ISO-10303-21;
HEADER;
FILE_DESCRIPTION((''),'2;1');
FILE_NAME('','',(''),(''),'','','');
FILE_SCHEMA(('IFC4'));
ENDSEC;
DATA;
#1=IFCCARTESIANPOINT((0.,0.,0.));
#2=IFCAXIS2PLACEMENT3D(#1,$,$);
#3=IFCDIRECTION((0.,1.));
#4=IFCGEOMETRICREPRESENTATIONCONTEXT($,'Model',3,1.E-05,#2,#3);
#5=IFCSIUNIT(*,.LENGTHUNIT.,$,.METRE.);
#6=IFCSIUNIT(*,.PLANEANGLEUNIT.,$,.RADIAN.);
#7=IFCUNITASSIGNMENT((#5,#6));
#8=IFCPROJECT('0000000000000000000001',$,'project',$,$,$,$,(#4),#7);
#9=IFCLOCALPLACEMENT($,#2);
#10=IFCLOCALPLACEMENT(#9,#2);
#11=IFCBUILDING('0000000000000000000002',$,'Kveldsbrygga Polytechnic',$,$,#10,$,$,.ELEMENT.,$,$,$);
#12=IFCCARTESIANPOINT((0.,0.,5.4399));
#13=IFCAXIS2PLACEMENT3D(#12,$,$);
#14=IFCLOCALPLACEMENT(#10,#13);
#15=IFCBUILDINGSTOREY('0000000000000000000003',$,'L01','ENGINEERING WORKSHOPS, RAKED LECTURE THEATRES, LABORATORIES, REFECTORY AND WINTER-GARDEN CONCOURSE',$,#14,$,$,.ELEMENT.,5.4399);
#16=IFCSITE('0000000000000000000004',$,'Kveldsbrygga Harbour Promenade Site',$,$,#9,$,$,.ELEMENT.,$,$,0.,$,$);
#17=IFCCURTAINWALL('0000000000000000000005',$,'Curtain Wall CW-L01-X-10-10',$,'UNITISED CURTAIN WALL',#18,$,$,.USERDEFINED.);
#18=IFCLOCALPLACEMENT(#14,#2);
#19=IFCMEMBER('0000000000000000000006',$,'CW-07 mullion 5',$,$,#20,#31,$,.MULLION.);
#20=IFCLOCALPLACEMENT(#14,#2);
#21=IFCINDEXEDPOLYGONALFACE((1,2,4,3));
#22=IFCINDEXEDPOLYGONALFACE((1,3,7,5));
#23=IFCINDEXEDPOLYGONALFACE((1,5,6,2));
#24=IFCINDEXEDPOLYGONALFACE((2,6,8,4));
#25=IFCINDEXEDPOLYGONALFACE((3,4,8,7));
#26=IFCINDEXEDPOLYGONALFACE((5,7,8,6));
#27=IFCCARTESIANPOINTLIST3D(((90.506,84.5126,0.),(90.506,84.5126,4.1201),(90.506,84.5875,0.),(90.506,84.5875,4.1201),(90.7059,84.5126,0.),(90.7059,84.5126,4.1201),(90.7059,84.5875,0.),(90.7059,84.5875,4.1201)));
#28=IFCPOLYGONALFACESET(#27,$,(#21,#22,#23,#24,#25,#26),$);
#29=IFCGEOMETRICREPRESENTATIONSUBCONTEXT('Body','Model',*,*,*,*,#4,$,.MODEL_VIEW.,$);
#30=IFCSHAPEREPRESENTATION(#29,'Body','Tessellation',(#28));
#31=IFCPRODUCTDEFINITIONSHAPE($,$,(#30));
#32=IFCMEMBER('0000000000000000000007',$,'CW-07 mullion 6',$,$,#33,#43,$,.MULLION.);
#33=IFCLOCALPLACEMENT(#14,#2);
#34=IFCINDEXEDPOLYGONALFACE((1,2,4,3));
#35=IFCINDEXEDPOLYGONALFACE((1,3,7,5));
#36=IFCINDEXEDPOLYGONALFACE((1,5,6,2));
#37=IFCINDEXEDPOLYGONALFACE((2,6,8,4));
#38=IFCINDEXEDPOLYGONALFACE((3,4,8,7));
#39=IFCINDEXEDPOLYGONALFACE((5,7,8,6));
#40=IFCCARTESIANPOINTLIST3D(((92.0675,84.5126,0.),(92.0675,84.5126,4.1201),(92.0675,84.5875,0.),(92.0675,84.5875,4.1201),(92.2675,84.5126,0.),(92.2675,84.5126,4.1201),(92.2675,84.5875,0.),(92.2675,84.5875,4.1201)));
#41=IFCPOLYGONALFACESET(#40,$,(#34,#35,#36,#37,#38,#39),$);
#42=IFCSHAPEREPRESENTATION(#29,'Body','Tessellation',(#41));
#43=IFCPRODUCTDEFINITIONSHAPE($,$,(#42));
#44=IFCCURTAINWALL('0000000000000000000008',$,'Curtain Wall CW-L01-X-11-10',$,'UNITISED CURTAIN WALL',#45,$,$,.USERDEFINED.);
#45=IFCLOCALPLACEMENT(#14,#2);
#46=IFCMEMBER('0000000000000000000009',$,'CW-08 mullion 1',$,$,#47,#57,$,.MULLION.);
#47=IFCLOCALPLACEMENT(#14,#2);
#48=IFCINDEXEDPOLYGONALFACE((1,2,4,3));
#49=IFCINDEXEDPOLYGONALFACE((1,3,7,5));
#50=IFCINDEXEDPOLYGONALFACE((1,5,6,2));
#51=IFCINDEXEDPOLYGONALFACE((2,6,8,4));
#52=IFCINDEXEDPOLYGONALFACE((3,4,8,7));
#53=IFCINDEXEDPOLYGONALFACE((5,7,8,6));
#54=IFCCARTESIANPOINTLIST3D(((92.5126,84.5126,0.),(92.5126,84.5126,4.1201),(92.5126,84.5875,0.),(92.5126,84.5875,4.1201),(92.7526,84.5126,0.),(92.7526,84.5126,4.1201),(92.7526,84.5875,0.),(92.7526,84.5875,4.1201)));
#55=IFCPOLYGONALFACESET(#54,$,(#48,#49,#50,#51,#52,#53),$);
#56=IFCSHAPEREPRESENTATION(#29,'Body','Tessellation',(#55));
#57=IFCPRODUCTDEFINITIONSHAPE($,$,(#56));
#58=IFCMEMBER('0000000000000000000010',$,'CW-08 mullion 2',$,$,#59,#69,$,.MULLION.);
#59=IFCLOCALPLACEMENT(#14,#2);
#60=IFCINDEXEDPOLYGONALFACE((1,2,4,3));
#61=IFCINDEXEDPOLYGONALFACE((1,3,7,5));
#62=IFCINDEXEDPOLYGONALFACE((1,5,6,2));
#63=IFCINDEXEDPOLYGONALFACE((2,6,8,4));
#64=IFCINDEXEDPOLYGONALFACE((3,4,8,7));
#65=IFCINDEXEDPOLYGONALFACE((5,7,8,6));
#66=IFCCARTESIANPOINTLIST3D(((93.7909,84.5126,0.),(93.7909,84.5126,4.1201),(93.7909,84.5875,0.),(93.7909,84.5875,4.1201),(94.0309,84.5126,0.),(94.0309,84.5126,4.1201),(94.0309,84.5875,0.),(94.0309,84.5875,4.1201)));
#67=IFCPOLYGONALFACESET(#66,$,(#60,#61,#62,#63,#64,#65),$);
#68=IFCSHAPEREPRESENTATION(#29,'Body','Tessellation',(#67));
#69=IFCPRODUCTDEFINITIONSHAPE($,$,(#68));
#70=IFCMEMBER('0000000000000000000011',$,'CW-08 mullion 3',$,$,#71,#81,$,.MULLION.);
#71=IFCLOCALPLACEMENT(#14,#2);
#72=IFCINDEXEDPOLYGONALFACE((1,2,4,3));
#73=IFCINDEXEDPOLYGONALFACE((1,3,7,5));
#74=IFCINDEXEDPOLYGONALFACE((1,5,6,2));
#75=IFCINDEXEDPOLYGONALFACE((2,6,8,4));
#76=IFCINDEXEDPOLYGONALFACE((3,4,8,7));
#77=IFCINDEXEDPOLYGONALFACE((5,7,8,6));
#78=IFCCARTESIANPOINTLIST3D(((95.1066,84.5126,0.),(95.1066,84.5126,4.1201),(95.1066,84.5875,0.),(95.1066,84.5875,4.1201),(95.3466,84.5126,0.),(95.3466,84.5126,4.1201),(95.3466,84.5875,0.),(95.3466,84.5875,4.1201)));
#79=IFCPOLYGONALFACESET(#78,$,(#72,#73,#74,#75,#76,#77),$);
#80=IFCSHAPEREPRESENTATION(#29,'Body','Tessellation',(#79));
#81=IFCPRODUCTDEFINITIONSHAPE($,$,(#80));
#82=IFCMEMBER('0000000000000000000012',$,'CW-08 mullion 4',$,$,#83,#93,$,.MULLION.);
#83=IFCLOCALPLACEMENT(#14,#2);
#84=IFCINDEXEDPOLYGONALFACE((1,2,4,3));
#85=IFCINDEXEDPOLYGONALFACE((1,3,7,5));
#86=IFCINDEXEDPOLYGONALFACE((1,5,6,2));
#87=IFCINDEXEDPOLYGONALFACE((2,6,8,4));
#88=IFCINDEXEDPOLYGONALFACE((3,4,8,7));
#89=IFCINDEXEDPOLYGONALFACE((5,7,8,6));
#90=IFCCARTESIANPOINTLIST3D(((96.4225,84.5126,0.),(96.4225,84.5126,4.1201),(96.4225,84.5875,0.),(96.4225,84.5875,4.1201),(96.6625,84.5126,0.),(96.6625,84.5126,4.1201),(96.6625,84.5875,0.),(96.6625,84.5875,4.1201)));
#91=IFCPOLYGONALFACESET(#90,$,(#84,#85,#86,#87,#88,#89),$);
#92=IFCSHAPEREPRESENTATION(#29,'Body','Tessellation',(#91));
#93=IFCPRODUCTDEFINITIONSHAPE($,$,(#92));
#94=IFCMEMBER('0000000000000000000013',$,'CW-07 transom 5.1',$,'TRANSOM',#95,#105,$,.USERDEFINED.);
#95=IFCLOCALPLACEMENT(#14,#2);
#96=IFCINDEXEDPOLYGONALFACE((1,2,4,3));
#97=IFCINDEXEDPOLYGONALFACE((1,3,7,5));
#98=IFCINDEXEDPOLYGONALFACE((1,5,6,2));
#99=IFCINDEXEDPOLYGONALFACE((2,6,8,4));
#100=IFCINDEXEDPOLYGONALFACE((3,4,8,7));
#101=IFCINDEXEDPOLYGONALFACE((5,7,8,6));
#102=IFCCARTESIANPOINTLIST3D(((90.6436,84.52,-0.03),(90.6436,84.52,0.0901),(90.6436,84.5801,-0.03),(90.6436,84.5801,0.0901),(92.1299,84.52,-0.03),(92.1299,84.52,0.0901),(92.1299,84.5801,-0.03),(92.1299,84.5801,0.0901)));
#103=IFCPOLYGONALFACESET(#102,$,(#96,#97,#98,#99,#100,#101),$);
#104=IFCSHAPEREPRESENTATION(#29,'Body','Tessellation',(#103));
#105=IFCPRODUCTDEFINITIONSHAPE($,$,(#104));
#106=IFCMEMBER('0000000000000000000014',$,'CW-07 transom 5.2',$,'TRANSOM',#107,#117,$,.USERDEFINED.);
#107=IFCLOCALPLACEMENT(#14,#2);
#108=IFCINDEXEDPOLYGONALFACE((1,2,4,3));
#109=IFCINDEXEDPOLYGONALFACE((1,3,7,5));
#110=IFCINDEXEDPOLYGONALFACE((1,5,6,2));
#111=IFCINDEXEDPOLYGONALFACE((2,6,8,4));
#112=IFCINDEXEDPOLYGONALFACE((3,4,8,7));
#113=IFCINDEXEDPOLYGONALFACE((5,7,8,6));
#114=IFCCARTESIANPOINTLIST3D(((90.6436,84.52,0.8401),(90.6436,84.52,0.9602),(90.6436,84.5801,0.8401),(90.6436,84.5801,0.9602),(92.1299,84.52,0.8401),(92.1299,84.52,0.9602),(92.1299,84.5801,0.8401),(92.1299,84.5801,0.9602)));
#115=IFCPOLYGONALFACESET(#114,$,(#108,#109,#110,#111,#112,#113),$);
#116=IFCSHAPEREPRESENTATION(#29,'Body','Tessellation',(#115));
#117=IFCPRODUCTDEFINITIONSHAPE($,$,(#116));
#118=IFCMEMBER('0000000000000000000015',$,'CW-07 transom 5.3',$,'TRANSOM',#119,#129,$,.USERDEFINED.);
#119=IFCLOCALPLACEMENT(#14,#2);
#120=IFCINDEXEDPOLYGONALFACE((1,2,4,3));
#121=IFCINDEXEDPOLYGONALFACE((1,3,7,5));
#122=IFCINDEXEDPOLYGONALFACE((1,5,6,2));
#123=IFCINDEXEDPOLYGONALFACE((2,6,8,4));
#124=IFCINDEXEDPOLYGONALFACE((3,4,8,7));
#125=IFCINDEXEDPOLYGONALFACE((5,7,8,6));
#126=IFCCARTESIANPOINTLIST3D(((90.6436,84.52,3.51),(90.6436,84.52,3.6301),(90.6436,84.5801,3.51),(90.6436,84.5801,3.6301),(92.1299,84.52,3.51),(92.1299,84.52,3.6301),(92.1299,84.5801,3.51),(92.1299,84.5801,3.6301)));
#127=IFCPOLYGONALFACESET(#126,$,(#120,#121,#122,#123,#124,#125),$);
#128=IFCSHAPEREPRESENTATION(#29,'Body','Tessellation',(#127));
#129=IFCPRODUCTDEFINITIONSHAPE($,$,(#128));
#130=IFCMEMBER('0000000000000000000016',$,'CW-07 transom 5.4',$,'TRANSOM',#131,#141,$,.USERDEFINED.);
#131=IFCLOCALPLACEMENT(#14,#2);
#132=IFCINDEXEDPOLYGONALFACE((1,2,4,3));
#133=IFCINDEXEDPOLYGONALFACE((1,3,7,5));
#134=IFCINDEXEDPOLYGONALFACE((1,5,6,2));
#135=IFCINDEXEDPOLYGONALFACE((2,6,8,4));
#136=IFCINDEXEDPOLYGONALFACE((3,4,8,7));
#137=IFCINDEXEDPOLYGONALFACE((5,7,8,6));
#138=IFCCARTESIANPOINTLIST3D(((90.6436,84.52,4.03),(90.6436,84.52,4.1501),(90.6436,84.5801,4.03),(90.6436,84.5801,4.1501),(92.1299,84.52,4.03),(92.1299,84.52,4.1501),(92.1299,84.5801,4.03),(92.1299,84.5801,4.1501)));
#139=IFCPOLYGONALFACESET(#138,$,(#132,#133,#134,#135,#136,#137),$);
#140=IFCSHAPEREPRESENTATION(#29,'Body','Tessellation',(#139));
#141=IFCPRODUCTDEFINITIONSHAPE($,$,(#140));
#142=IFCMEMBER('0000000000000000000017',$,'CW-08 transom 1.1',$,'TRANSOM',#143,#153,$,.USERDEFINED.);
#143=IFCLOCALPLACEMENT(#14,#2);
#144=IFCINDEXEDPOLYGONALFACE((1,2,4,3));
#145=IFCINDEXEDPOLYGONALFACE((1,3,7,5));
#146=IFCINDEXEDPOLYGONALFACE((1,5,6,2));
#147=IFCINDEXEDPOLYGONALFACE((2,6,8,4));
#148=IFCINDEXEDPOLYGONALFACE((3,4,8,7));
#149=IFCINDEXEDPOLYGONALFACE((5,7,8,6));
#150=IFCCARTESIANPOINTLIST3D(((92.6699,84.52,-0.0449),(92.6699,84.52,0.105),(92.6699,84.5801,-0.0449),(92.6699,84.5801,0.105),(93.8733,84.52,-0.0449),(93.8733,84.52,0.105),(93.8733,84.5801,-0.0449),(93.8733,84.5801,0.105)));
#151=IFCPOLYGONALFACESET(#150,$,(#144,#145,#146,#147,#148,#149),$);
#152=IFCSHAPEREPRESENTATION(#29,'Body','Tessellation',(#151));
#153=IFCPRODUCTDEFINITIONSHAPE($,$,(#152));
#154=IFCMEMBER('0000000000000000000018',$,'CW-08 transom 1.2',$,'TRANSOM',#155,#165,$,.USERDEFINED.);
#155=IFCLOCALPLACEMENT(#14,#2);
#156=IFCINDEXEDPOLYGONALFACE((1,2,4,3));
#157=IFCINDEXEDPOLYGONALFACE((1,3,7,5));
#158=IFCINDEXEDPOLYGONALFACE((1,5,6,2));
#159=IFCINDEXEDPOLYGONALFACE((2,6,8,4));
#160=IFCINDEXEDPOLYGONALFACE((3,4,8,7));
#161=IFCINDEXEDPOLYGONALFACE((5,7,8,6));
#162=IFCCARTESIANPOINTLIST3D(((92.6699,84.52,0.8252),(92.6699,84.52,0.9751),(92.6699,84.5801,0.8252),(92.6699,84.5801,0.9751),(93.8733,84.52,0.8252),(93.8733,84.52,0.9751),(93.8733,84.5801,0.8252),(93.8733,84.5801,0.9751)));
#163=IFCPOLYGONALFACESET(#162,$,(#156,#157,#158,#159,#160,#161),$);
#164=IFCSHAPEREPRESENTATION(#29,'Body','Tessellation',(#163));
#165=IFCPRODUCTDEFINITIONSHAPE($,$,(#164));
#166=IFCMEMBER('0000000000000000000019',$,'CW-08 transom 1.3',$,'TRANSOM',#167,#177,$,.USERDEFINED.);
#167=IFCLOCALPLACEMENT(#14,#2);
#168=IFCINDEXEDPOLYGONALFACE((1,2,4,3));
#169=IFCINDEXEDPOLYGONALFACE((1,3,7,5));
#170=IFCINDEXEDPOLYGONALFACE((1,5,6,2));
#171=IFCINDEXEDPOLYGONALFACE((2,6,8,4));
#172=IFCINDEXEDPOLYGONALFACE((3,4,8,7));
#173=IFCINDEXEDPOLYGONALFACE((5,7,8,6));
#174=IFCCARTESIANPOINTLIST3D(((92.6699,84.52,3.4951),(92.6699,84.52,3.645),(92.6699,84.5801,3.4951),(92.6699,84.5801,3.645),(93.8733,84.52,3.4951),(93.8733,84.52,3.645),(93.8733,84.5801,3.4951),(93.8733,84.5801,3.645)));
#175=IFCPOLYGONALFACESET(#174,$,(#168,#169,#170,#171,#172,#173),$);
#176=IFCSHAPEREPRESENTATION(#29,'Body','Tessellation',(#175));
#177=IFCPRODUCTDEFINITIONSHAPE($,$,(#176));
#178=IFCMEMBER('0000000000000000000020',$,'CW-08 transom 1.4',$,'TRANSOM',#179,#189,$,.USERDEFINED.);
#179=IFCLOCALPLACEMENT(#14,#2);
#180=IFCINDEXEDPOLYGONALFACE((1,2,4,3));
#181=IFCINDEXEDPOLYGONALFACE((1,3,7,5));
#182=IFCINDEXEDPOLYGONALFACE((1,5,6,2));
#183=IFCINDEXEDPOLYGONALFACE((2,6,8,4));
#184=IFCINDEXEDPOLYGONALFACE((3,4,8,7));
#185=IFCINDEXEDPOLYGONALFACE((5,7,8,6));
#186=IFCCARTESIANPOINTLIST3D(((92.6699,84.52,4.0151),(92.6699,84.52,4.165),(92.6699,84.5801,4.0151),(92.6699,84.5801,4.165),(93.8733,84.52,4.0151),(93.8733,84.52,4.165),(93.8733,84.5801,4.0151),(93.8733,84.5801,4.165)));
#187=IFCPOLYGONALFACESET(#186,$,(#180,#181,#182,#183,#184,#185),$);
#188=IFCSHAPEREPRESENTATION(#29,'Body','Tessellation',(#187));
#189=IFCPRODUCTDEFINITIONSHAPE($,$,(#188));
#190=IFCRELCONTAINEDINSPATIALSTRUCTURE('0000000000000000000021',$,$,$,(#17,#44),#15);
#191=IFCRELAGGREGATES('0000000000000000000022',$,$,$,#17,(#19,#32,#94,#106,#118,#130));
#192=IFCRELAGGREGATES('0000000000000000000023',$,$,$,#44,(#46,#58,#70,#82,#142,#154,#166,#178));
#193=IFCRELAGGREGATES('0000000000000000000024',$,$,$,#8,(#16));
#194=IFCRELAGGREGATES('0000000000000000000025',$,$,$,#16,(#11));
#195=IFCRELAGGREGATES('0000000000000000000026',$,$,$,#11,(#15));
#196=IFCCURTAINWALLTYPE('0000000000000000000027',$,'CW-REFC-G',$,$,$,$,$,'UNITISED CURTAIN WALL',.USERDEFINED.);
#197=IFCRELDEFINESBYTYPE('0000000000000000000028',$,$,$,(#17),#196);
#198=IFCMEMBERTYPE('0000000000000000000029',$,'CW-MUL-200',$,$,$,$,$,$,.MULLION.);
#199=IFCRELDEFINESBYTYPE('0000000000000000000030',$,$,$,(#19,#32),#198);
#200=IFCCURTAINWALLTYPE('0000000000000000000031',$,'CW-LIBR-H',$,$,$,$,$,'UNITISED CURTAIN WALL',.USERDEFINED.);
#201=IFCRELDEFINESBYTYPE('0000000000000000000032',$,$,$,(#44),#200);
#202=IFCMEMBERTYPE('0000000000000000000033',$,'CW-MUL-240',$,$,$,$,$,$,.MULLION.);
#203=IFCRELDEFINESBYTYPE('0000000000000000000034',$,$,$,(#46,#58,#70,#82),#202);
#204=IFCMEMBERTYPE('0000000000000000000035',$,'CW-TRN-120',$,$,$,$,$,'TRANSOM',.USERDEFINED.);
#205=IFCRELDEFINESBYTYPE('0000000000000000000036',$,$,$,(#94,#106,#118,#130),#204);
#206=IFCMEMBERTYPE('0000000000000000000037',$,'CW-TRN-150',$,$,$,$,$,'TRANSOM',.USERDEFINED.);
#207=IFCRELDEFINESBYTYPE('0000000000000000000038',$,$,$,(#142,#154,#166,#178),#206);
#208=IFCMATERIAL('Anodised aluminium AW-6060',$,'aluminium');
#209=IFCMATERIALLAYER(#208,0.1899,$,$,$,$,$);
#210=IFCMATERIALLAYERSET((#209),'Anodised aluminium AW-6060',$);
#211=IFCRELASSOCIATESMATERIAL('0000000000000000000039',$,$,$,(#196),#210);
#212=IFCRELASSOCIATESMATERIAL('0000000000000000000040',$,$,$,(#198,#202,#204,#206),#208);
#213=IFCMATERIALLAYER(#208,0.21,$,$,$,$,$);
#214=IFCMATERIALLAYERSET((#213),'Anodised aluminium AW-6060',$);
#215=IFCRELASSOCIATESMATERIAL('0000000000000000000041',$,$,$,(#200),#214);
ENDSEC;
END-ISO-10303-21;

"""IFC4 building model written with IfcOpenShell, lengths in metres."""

from ifc_helpers import new_model, si_unit, direction, frame, origin, origin_2d, place, context, subcontext, project, spatial, rectangle, extrude, material, layer, layer_set, material_profile, profile_set, type_object, element, aggregate, save


model = new_model("IFC4")

# Units and contexts
model_context = context("Model", 3, precision=1e-05, world=origin(), true_north=direction((0.0, 1.0)))
body_context = subcontext(model_context, "Body", "Model", "MODEL_VIEW")
ifc_project = project(units=[si_unit("LENGTHUNIT", "METRE"), si_unit("PLANEANGLEUNIT", "RADIAN")], contexts=[model_context])

# Site, building, storey
site_placement = place(None, origin())
site = spatial("IfcSite", under=ifc_project, at=site_placement, Name="Kveldsbrygga Harbour Promenade Site", CompositionType="ELEMENT", RefElevation=0.0)
building_placement = place(site_placement, origin())
building = spatial("IfcBuilding", under=site, at=building_placement, Name="Kveldsbrygga Polytechnic", CompositionType="ELEMENT")
storey_placement = place(building_placement, frame((0.0, 0.0, 5.4399)))
storey = spatial("IfcBuildingStorey", under=building, at=storey_placement, Name="L01", Description="ENGINEERING WORKSHOPS, RAKED LECTURE THEATRES, LABORATORIES, REFECTORY AND WINTER-GARDEN CONCOURSE", CompositionType="ELEMENT", Elevation=5.4399)

# Curtain walls, members
ifc_material_1 = material(Name="Anodised aluminium AW-6060", Category="aluminium")
ifc_layer_1 = layer(ifc_material_1, 0.1899)
ifc_layer_set_1 = layer_set([ifc_layer_1], Name="Anodised aluminium AW-6060")
curtain_wall_type_1 = type_object("IfcCurtainWallType", Name="CW-REFC-G", ElementType="UNITISED CURTAIN WALL", PredefinedType="USERDEFINED", material=ifc_layer_set_1)
curtain_wall_1_placement = place(storey_placement, origin())
curtain_wall_1 = element("IfcCurtainWall", 1, at=curtain_wall_1_placement, inside=storey, type_object=curtain_wall_type_1, Name="Curtain Wall CW-L01-X-10-10", ObjectType="UNITISED CURTAIN WALL", PredefinedType="USERDEFINED")
ifc_material_profile_1 = material_profile(ifc_material_1, rectangle(XDim=0.075, YDim=0.2, at=origin_2d()), Name="ALU 75x200")
ifc_profile_set_1 = profile_set([ifc_material_profile_1], Name="Anodised aluminium AW-6060")
member_type_1 = type_object("IfcMemberType", Name="CW-MUL-200", PredefinedType="MULLION", material=ifc_profile_set_1)
member_1_placement = place(storey_placement, frame((90.606, 84.55, 0.0), z_axis=(0.0, 0.0, 1.0), x_axis=(0.0, 1.0, 0.0)))
member_1 = element("IfcMember", 2, at=member_1_placement, type_object=member_type_1, Name="CW-07 mullion 5", PredefinedType="MULLION", context=body_context, shape_type="SweptSolid", body=[
    extrude(rectangle(XDim=0.075, YDim=0.2, at=origin_2d()), origin(), (0.0, 0.0, 1.0), 4.1201),
])
member_2_placement = place(storey_placement, frame((92.1675, 84.55, 0.0), z_axis=(0.0, 0.0, 1.0), x_axis=(0.0, 1.0, 0.0)))
member_2 = element("IfcMember", 3, at=member_2_placement, type_object=member_type_1, Name="CW-07 mullion 6", PredefinedType="MULLION", context=body_context, shape_type="SweptSolid", body=[
    extrude(rectangle(XDim=0.075, YDim=0.2, at=origin_2d()), origin(), (0.0, 0.0, 1.0), 4.1201),
])
ifc_layer_2 = layer(ifc_material_1, 0.21)
ifc_layer_set_2 = layer_set([ifc_layer_2], Name="Anodised aluminium AW-6060")
curtain_wall_type_2 = type_object("IfcCurtainWallType", Name="CW-LIBR-H", ElementType="UNITISED CURTAIN WALL", PredefinedType="USERDEFINED", material=ifc_layer_set_2)
curtain_wall_2_placement = place(storey_placement, origin())
curtain_wall_2 = element("IfcCurtainWall", 4, at=curtain_wall_2_placement, inside=storey, type_object=curtain_wall_type_2, Name="Curtain Wall CW-L01-X-11-10", ObjectType="UNITISED CURTAIN WALL", PredefinedType="USERDEFINED")
ifc_material_profile_2 = material_profile(ifc_material_1, rectangle(XDim=0.075, YDim=0.24, at=origin_2d()), Name="ALU 75x240")
ifc_profile_set_2 = profile_set([ifc_material_profile_2], Name="Anodised aluminium AW-6060")
member_type_2 = type_object("IfcMemberType", Name="CW-MUL-240", PredefinedType="MULLION", material=ifc_profile_set_2)
member_3_placement = place(storey_placement, frame((92.6326, 84.55, 0.0), z_axis=(0.0, 0.0, 1.0), x_axis=(0.0, 1.0, 0.0)))
member_3 = element("IfcMember", 5, at=member_3_placement, type_object=member_type_2, Name="CW-08 mullion 1", PredefinedType="MULLION", context=body_context, shape_type="SweptSolid", body=[
    extrude(rectangle(XDim=0.075, YDim=0.24, at=origin_2d()), origin(), (0.0, 0.0, 1.0), 4.1201),
])
member_4_placement = place(storey_placement, frame((93.9109, 84.55, 0.0), z_axis=(0.0, 0.0, 1.0), x_axis=(0.0, 1.0, 0.0)))
member_4 = element("IfcMember", 6, at=member_4_placement, type_object=member_type_2, Name="CW-08 mullion 2", PredefinedType="MULLION", context=body_context, shape_type="SweptSolid", body=[
    extrude(rectangle(XDim=0.075, YDim=0.24, at=origin_2d()), origin(), (0.0, 0.0, 1.0), 4.1201),
])
member_5_placement = place(storey_placement, frame((95.2266, 84.55, 0.0), z_axis=(0.0, 0.0, 1.0), x_axis=(0.0, 1.0, 0.0)))
member_5 = element("IfcMember", 7, at=member_5_placement, type_object=member_type_2, Name="CW-08 mullion 3", PredefinedType="MULLION", context=body_context, shape_type="SweptSolid", body=[
    extrude(rectangle(XDim=0.075, YDim=0.24, at=origin_2d()), origin(), (0.0, 0.0, 1.0), 4.1201),
])
member_6_placement = place(storey_placement, frame((96.5425, 84.55, 0.0), z_axis=(0.0, 0.0, 1.0), x_axis=(0.0, 1.0, 0.0)))
member_6 = element("IfcMember", 8, at=member_6_placement, type_object=member_type_2, Name="CW-08 mullion 4", PredefinedType="MULLION", context=body_context, shape_type="SweptSolid", body=[
    extrude(rectangle(XDim=0.075, YDim=0.24, at=origin_2d()), origin(), (0.0, 0.0, 1.0), 4.1201),
])

# Members
ifc_material_profile_3 = material_profile(ifc_material_1, rectangle(XDim=0.0601, YDim=0.1201, at=origin_2d()), Name="ALU 60x120")
ifc_profile_set_3 = profile_set([ifc_material_profile_3], Name="Anodised aluminium AW-6060")
member_type_3 = type_object("IfcMemberType", Name="CW-TRN-120", ElementType="TRANSOM", PredefinedType="USERDEFINED", material=ifc_profile_set_3)
member_7_placement = place(storey_placement, frame((90.6436, 84.55, 0.03), z_axis=(1.0, 0.0, 0.0), x_axis=(0.0, 1.0, 0.0)))
member_7 = element("IfcMember", 9, at=member_7_placement, type_object=member_type_3, Name="CW-07 transom 5.1", ObjectType="TRANSOM", PredefinedType="USERDEFINED", context=body_context, shape_type="SweptSolid", body=[
    extrude(rectangle(XDim=0.0601, YDim=0.1201, at=origin_2d()), origin(), (0.0, 0.0, 1.0), 1.4863),
])
member_8_placement = place(storey_placement, frame((90.6436, 84.55, 0.9001), z_axis=(1.0, 0.0, 0.0), x_axis=(0.0, 1.0, 0.0)))
member_8 = element("IfcMember", 10, at=member_8_placement, type_object=member_type_3, Name="CW-07 transom 5.2", ObjectType="TRANSOM", PredefinedType="USERDEFINED", context=body_context, shape_type="SweptSolid", body=[
    extrude(rectangle(XDim=0.0601, YDim=0.1201, at=origin_2d()), origin(), (0.0, 0.0, 1.0), 1.4863),
])
member_9_placement = place(storey_placement, frame((90.6436, 84.55, 3.5701), z_axis=(1.0, 0.0, 0.0), x_axis=(0.0, 1.0, 0.0)))
member_9 = element("IfcMember", 11, at=member_9_placement, type_object=member_type_3, Name="CW-07 transom 5.3", ObjectType="TRANSOM", PredefinedType="USERDEFINED", context=body_context, shape_type="SweptSolid", body=[
    extrude(rectangle(XDim=0.0601, YDim=0.1201, at=origin_2d()), origin(), (0.0, 0.0, 1.0), 1.4863),
])
member_10_placement = place(storey_placement, frame((90.6436, 84.55, 4.0901), z_axis=(1.0, 0.0, 0.0), x_axis=(0.0, 1.0, 0.0)))
member_10 = element("IfcMember", 12, at=member_10_placement, type_object=member_type_3, Name="CW-07 transom 5.4", ObjectType="TRANSOM", PredefinedType="USERDEFINED", context=body_context, shape_type="SweptSolid", body=[
    extrude(rectangle(XDim=0.0601, YDim=0.1201, at=origin_2d()), origin(), (0.0, 0.0, 1.0), 1.4863),
])
ifc_material_profile_4 = material_profile(ifc_material_1, rectangle(XDim=0.0601, YDim=0.1499, at=origin_2d()), Name="ALU 60x150")
ifc_profile_set_4 = profile_set([ifc_material_profile_4], Name="Anodised aluminium AW-6060")
member_type_4 = type_object("IfcMemberType", Name="CW-TRN-150", ElementType="TRANSOM", PredefinedType="USERDEFINED", material=ifc_profile_set_4)
member_11_placement = place(storey_placement, frame((92.6699, 84.55, 0.03), z_axis=(1.0, 0.0, 0.0), x_axis=(0.0, 1.0, 0.0)))
member_11 = element("IfcMember", 13, at=member_11_placement, type_object=member_type_4, Name="CW-08 transom 1.1", ObjectType="TRANSOM", PredefinedType="USERDEFINED", context=body_context, shape_type="SweptSolid", body=[
    extrude(rectangle(XDim=0.0601, YDim=0.1499, at=origin_2d()), origin(), (0.0, 0.0, 1.0), 1.2034),
])
member_12_placement = place(storey_placement, frame((92.6699, 84.55, 0.9001), z_axis=(1.0, 0.0, 0.0), x_axis=(0.0, 1.0, 0.0)))
member_12 = element("IfcMember", 14, at=member_12_placement, type_object=member_type_4, Name="CW-08 transom 1.2", ObjectType="TRANSOM", PredefinedType="USERDEFINED", context=body_context, shape_type="SweptSolid", body=[
    extrude(rectangle(XDim=0.0601, YDim=0.1499, at=origin_2d()), origin(), (0.0, 0.0, 1.0), 1.2034),
])
member_13_placement = place(storey_placement, frame((92.6699, 84.55, 3.5701), z_axis=(1.0, 0.0, 0.0), x_axis=(0.0, 1.0, 0.0)))
member_13 = element("IfcMember", 15, at=member_13_placement, type_object=member_type_4, Name="CW-08 transom 1.3", ObjectType="TRANSOM", PredefinedType="USERDEFINED", context=body_context, shape_type="SweptSolid", body=[
    extrude(rectangle(XDim=0.0601, YDim=0.1499, at=origin_2d()), origin(), (0.0, 0.0, 1.0), 1.2034),
])
member_14_placement = place(storey_placement, frame((92.6699, 84.55, 4.0901), z_axis=(1.0, 0.0, 0.0), x_axis=(0.0, 1.0, 0.0)))
member_14 = element("IfcMember", 16, at=member_14_placement, type_object=member_type_4, Name="CW-08 transom 1.4", ObjectType="TRANSOM", PredefinedType="USERDEFINED", context=body_context, shape_type="SweptSolid", body=[
    extrude(rectangle(XDim=0.0601, YDim=0.1499, at=origin_2d()), origin(), (0.0, 0.0, 1.0), 1.2034),
])

aggregate(curtain_wall_1, [member_1, member_2, member_7, member_8, member_9, member_10])
aggregate(curtain_wall_2, [member_3, member_4, member_5, member_6, member_11, member_12, member_13, member_14])

save(model, "model.ifc")
